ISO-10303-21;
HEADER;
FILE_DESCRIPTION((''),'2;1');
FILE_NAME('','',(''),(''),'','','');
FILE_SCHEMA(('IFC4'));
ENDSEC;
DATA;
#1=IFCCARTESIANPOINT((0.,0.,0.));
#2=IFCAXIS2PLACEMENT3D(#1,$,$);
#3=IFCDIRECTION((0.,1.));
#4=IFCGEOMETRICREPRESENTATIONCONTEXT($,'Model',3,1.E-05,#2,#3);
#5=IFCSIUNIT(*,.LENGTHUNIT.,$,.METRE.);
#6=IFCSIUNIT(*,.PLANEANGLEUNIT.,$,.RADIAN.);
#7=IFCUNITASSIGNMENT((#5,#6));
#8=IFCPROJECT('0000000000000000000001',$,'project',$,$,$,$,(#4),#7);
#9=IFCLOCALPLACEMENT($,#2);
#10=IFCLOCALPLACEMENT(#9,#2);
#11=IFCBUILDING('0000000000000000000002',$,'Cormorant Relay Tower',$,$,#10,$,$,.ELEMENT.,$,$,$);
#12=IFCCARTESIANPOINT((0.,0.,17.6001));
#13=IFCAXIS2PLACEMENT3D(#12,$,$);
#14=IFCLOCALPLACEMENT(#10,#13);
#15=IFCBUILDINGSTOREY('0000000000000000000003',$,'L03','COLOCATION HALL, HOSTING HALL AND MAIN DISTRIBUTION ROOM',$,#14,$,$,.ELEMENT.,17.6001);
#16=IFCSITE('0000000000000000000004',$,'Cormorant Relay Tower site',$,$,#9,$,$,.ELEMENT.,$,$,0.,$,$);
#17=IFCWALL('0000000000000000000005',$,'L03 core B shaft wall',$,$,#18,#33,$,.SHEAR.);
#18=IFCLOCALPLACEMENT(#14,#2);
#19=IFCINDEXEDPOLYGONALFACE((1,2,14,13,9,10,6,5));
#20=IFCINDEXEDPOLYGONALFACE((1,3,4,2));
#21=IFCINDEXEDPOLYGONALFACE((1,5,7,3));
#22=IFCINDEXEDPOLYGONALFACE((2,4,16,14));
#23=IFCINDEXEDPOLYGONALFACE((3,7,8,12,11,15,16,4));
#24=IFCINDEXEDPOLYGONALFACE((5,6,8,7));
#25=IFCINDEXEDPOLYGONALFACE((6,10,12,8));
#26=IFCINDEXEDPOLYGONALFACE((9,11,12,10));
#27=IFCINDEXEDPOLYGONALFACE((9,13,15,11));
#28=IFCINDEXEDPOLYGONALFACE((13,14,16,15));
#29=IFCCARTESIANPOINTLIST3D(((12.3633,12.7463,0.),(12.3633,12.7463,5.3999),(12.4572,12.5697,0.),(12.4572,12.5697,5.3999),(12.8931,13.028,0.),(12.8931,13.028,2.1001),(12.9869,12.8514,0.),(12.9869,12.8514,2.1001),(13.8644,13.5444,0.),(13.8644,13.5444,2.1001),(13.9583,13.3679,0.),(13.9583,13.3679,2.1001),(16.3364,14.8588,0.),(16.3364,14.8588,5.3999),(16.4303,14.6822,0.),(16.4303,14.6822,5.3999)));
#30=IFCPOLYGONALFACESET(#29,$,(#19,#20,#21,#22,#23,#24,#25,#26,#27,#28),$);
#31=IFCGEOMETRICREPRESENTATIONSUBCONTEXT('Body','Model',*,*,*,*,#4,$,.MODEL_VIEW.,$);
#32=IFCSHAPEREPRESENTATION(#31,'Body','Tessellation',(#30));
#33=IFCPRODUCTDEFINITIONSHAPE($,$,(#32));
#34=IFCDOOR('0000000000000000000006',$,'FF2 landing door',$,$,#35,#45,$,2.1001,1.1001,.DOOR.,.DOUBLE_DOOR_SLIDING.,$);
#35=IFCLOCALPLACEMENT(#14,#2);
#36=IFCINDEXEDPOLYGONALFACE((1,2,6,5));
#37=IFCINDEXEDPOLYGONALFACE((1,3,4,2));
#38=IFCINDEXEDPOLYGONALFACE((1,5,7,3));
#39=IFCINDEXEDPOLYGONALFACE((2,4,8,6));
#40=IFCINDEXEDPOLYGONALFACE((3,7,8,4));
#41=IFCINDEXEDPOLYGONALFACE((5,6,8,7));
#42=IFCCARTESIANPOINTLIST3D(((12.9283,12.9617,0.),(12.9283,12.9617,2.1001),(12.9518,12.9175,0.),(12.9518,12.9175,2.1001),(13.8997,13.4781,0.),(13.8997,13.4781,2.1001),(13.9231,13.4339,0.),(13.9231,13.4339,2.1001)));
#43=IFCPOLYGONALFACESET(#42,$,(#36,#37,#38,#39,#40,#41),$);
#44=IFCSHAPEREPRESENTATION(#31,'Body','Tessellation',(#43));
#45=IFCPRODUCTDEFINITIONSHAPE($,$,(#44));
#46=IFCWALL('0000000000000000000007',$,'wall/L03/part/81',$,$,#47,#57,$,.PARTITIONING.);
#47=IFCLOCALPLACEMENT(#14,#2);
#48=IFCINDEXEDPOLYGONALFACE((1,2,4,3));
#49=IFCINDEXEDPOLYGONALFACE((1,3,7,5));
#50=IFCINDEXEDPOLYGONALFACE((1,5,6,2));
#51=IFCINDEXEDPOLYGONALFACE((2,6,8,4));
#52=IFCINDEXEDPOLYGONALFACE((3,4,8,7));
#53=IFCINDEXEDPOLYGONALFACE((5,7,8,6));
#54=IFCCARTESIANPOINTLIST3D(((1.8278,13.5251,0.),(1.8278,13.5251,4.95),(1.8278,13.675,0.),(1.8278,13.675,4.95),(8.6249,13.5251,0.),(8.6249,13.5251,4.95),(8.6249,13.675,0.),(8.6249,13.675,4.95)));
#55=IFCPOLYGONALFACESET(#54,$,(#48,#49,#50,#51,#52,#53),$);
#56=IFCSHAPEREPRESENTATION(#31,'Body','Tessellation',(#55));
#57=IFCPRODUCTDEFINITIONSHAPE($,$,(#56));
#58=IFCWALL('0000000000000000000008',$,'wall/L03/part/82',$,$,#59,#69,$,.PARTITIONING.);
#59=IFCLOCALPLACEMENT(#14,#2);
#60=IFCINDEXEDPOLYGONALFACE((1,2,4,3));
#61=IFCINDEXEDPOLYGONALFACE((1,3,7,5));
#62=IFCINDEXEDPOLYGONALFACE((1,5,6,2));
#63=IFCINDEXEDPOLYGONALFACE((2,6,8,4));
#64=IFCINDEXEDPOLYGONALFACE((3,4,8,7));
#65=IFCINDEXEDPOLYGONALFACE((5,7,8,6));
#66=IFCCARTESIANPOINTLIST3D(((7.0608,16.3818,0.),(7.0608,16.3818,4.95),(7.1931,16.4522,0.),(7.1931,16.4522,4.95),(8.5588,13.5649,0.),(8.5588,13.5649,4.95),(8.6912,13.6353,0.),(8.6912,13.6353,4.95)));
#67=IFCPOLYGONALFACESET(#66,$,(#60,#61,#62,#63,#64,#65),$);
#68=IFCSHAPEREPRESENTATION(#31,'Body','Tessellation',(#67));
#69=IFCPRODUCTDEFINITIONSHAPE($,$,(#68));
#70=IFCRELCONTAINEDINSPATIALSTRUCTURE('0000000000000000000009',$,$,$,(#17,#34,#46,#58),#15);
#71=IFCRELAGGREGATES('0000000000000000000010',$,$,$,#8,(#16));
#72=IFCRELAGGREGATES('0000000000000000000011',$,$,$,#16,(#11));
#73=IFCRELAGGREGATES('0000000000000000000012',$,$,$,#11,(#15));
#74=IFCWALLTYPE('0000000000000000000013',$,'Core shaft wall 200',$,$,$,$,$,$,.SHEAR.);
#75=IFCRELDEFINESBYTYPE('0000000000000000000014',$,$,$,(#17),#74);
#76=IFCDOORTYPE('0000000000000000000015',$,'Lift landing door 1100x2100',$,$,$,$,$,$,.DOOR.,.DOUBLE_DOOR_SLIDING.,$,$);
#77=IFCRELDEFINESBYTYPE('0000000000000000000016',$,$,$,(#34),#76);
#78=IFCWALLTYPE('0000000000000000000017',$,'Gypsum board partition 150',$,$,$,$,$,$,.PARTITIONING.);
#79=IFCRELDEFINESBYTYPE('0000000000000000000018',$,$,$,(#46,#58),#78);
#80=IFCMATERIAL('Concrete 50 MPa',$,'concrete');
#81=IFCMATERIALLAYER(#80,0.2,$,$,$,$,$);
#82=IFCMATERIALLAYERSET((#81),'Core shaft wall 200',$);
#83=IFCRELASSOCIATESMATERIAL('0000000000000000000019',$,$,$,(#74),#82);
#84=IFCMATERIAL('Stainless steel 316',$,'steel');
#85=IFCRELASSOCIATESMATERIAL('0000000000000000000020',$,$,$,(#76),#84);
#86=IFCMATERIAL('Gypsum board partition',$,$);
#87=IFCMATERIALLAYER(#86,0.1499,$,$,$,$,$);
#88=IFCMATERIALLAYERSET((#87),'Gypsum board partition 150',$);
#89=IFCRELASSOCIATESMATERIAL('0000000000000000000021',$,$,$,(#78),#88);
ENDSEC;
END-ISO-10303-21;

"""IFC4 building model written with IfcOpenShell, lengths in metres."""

from ifc_helpers import new_model, si_unit, direction, frame, frame_2d, origin, place, context, subcontext, project, spatial, rectangle, extrude, material, layer, layer_set, type_object, element, fill, save


model = new_model("IFC4")

# Units and contexts
model_context = context("Model", 3, precision=1e-05, world=origin(), true_north=direction((0.0, 1.0)))
body_context = subcontext(model_context, "Body", "Model", "MODEL_VIEW")
ifc_project = project(units=[si_unit("LENGTHUNIT", "METRE"), si_unit("PLANEANGLEUNIT", "RADIAN")], contexts=[model_context])

# Site, building, storey
site_placement = place(None, origin())
site = spatial("IfcSite", under=ifc_project, at=site_placement, Name="Cormorant Relay Tower site", CompositionType="ELEMENT", RefElevation=0.0)
building_placement = place(site_placement, origin())
building = spatial("IfcBuilding", under=site, at=building_placement, Name="Cormorant Relay Tower", CompositionType="ELEMENT")
storey_placement = place(building_placement, frame((0.0, 0.0, 17.6001)))
storey = spatial("IfcBuildingStorey", under=building, at=storey_placement, Name="L03", Description="COLOCATION HALL, HOSTING HALL AND MAIN DISTRIBUTION ROOM", CompositionType="ELEMENT", Elevation=17.6001)

# Shared definitions
ifc_material_1 = material(Name="Concrete 50 MPa", Category="concrete")
ifc_layer_1 = layer(ifc_material_1, 0.2)
ifc_layer_set_1 = layer_set([ifc_layer_1], Name="Core shaft wall 200")
wall_type_1 = type_object("IfcWallType", Name="Core shaft wall 200", PredefinedType="SHEAR", material=ifc_layer_set_1)

# Shared definitions
ifc_material_2 = material(Name="Stainless steel 316", Category="steel")
door_type_1 = type_object("IfcDoorType", Name="Lift landing door 1100x2100", OperationType="DOUBLE_DOOR_SLIDING", PredefinedType="DOOR", material=ifc_material_2)

# Wall, opening, door
wall_1_placement = place(storey_placement, frame((12.4102, 12.658, 0.0), z_axis=(0.0, 0.0, 1.0), x_axis=(0.882948, 0.46947, 0.0)))
wall_1 = element("IfcWall", 1, at=wall_1_placement, inside=storey, type_object=wall_type_1, Name="L03 core B shaft wall", PredefinedType="SHEAR", context=body_context, shape_type="SweptSolid", body=[
    extrude(rectangle(XDim=4.4998, YDim=0.2, at=frame_2d((2.25, 0.0))), origin(), (0.0, 0.0, 1.0), 5.3999),
])
opening_1_placement = place(wall_1_placement, frame((0.6001, 0.0, 0.0)))
opening_1 = element("IfcOpeningElement", 2, at=opening_1_placement, cuts=wall_1, PredefinedType="OPENING", context=body_context, shape_type="SweptSolid", body=[
    extrude(rectangle(XDim=1.1001, YDim=2.1001, at=frame_2d((0.55, 1.05))), frame((0.0, 0.1099, 0.0), z_axis=(0.0, -1.0, 0.0), x_axis=(1.0, 0.0, 0.0)), (0.0, 0.0, 1.0), 0.22),
])
door_1_placement = place(opening_1_placement, origin())
door_1 = element("IfcDoor", 3, at=door_1_placement, inside=storey, type_object=door_type_1, Name="FF2 landing door", OperationType="DOUBLE_DOOR_SLIDING", OverallHeight=2.1001, OverallWidth=1.1001, PredefinedType="DOOR", context=body_context, shape_type="SweptSolid", body=[
    extrude(rectangle(XDim=1.1001, YDim=2.1001, at=frame_2d((0.55, 1.05))), frame((0.0, 0.0249, 0.0), z_axis=(0.0, -1.0, 0.0), x_axis=(1.0, 0.0, 0.0)), (0.0, 0.0, 1.0), 0.05),
])
fill(opening_1, door_1)

# Walls
ifc_material_3 = material(Name="Gypsum board partition")
ifc_layer_2 = layer(ifc_material_3, 0.1499)
ifc_layer_set_2 = layer_set([ifc_layer_2], Name="Gypsum board partition 150")
wall_type_2 = type_object("IfcWallType", Name="Gypsum board partition 150", PredefinedType="PARTITIONING", material=ifc_layer_set_2)
wall_2_placement = place(storey_placement, frame((1.8279, 13.6001, 0.0), z_axis=(0.0, 0.0, 1.0), x_axis=(1.0, 0.0, 0.0)))
element("IfcWall", 4, at=wall_2_placement, inside=storey, type_object=wall_type_2, Name="wall/L03/part/81", PredefinedType="PARTITIONING", context=body_context, shape_type="SweptSolid", body=[
    extrude(rectangle(XDim=6.7971, YDim=0.1499, at=frame_2d((3.3984, 0.0))), origin(), (0.0, 0.0, 1.0), 4.95),
])
wall_3_placement = place(storey_placement, frame((8.625, 13.6001, 0.0), z_axis=(0.0, 0.0, 1.0), x_axis=(-0.469539, 0.882912, 0.0)))
element("IfcWall", 5, at=wall_3_placement, inside=storey, type_object=wall_type_2, Name="wall/L03/part/82", PredefinedType="PARTITIONING", context=body_context, shape_type="SweptSolid", body=[
    extrude(rectangle(XDim=3.1904, YDim=0.1499, at=frame_2d((1.5952, 0.0))), origin(), (0.0, 0.0, 1.0), 4.95),
])

save(model, "model.ifc")
